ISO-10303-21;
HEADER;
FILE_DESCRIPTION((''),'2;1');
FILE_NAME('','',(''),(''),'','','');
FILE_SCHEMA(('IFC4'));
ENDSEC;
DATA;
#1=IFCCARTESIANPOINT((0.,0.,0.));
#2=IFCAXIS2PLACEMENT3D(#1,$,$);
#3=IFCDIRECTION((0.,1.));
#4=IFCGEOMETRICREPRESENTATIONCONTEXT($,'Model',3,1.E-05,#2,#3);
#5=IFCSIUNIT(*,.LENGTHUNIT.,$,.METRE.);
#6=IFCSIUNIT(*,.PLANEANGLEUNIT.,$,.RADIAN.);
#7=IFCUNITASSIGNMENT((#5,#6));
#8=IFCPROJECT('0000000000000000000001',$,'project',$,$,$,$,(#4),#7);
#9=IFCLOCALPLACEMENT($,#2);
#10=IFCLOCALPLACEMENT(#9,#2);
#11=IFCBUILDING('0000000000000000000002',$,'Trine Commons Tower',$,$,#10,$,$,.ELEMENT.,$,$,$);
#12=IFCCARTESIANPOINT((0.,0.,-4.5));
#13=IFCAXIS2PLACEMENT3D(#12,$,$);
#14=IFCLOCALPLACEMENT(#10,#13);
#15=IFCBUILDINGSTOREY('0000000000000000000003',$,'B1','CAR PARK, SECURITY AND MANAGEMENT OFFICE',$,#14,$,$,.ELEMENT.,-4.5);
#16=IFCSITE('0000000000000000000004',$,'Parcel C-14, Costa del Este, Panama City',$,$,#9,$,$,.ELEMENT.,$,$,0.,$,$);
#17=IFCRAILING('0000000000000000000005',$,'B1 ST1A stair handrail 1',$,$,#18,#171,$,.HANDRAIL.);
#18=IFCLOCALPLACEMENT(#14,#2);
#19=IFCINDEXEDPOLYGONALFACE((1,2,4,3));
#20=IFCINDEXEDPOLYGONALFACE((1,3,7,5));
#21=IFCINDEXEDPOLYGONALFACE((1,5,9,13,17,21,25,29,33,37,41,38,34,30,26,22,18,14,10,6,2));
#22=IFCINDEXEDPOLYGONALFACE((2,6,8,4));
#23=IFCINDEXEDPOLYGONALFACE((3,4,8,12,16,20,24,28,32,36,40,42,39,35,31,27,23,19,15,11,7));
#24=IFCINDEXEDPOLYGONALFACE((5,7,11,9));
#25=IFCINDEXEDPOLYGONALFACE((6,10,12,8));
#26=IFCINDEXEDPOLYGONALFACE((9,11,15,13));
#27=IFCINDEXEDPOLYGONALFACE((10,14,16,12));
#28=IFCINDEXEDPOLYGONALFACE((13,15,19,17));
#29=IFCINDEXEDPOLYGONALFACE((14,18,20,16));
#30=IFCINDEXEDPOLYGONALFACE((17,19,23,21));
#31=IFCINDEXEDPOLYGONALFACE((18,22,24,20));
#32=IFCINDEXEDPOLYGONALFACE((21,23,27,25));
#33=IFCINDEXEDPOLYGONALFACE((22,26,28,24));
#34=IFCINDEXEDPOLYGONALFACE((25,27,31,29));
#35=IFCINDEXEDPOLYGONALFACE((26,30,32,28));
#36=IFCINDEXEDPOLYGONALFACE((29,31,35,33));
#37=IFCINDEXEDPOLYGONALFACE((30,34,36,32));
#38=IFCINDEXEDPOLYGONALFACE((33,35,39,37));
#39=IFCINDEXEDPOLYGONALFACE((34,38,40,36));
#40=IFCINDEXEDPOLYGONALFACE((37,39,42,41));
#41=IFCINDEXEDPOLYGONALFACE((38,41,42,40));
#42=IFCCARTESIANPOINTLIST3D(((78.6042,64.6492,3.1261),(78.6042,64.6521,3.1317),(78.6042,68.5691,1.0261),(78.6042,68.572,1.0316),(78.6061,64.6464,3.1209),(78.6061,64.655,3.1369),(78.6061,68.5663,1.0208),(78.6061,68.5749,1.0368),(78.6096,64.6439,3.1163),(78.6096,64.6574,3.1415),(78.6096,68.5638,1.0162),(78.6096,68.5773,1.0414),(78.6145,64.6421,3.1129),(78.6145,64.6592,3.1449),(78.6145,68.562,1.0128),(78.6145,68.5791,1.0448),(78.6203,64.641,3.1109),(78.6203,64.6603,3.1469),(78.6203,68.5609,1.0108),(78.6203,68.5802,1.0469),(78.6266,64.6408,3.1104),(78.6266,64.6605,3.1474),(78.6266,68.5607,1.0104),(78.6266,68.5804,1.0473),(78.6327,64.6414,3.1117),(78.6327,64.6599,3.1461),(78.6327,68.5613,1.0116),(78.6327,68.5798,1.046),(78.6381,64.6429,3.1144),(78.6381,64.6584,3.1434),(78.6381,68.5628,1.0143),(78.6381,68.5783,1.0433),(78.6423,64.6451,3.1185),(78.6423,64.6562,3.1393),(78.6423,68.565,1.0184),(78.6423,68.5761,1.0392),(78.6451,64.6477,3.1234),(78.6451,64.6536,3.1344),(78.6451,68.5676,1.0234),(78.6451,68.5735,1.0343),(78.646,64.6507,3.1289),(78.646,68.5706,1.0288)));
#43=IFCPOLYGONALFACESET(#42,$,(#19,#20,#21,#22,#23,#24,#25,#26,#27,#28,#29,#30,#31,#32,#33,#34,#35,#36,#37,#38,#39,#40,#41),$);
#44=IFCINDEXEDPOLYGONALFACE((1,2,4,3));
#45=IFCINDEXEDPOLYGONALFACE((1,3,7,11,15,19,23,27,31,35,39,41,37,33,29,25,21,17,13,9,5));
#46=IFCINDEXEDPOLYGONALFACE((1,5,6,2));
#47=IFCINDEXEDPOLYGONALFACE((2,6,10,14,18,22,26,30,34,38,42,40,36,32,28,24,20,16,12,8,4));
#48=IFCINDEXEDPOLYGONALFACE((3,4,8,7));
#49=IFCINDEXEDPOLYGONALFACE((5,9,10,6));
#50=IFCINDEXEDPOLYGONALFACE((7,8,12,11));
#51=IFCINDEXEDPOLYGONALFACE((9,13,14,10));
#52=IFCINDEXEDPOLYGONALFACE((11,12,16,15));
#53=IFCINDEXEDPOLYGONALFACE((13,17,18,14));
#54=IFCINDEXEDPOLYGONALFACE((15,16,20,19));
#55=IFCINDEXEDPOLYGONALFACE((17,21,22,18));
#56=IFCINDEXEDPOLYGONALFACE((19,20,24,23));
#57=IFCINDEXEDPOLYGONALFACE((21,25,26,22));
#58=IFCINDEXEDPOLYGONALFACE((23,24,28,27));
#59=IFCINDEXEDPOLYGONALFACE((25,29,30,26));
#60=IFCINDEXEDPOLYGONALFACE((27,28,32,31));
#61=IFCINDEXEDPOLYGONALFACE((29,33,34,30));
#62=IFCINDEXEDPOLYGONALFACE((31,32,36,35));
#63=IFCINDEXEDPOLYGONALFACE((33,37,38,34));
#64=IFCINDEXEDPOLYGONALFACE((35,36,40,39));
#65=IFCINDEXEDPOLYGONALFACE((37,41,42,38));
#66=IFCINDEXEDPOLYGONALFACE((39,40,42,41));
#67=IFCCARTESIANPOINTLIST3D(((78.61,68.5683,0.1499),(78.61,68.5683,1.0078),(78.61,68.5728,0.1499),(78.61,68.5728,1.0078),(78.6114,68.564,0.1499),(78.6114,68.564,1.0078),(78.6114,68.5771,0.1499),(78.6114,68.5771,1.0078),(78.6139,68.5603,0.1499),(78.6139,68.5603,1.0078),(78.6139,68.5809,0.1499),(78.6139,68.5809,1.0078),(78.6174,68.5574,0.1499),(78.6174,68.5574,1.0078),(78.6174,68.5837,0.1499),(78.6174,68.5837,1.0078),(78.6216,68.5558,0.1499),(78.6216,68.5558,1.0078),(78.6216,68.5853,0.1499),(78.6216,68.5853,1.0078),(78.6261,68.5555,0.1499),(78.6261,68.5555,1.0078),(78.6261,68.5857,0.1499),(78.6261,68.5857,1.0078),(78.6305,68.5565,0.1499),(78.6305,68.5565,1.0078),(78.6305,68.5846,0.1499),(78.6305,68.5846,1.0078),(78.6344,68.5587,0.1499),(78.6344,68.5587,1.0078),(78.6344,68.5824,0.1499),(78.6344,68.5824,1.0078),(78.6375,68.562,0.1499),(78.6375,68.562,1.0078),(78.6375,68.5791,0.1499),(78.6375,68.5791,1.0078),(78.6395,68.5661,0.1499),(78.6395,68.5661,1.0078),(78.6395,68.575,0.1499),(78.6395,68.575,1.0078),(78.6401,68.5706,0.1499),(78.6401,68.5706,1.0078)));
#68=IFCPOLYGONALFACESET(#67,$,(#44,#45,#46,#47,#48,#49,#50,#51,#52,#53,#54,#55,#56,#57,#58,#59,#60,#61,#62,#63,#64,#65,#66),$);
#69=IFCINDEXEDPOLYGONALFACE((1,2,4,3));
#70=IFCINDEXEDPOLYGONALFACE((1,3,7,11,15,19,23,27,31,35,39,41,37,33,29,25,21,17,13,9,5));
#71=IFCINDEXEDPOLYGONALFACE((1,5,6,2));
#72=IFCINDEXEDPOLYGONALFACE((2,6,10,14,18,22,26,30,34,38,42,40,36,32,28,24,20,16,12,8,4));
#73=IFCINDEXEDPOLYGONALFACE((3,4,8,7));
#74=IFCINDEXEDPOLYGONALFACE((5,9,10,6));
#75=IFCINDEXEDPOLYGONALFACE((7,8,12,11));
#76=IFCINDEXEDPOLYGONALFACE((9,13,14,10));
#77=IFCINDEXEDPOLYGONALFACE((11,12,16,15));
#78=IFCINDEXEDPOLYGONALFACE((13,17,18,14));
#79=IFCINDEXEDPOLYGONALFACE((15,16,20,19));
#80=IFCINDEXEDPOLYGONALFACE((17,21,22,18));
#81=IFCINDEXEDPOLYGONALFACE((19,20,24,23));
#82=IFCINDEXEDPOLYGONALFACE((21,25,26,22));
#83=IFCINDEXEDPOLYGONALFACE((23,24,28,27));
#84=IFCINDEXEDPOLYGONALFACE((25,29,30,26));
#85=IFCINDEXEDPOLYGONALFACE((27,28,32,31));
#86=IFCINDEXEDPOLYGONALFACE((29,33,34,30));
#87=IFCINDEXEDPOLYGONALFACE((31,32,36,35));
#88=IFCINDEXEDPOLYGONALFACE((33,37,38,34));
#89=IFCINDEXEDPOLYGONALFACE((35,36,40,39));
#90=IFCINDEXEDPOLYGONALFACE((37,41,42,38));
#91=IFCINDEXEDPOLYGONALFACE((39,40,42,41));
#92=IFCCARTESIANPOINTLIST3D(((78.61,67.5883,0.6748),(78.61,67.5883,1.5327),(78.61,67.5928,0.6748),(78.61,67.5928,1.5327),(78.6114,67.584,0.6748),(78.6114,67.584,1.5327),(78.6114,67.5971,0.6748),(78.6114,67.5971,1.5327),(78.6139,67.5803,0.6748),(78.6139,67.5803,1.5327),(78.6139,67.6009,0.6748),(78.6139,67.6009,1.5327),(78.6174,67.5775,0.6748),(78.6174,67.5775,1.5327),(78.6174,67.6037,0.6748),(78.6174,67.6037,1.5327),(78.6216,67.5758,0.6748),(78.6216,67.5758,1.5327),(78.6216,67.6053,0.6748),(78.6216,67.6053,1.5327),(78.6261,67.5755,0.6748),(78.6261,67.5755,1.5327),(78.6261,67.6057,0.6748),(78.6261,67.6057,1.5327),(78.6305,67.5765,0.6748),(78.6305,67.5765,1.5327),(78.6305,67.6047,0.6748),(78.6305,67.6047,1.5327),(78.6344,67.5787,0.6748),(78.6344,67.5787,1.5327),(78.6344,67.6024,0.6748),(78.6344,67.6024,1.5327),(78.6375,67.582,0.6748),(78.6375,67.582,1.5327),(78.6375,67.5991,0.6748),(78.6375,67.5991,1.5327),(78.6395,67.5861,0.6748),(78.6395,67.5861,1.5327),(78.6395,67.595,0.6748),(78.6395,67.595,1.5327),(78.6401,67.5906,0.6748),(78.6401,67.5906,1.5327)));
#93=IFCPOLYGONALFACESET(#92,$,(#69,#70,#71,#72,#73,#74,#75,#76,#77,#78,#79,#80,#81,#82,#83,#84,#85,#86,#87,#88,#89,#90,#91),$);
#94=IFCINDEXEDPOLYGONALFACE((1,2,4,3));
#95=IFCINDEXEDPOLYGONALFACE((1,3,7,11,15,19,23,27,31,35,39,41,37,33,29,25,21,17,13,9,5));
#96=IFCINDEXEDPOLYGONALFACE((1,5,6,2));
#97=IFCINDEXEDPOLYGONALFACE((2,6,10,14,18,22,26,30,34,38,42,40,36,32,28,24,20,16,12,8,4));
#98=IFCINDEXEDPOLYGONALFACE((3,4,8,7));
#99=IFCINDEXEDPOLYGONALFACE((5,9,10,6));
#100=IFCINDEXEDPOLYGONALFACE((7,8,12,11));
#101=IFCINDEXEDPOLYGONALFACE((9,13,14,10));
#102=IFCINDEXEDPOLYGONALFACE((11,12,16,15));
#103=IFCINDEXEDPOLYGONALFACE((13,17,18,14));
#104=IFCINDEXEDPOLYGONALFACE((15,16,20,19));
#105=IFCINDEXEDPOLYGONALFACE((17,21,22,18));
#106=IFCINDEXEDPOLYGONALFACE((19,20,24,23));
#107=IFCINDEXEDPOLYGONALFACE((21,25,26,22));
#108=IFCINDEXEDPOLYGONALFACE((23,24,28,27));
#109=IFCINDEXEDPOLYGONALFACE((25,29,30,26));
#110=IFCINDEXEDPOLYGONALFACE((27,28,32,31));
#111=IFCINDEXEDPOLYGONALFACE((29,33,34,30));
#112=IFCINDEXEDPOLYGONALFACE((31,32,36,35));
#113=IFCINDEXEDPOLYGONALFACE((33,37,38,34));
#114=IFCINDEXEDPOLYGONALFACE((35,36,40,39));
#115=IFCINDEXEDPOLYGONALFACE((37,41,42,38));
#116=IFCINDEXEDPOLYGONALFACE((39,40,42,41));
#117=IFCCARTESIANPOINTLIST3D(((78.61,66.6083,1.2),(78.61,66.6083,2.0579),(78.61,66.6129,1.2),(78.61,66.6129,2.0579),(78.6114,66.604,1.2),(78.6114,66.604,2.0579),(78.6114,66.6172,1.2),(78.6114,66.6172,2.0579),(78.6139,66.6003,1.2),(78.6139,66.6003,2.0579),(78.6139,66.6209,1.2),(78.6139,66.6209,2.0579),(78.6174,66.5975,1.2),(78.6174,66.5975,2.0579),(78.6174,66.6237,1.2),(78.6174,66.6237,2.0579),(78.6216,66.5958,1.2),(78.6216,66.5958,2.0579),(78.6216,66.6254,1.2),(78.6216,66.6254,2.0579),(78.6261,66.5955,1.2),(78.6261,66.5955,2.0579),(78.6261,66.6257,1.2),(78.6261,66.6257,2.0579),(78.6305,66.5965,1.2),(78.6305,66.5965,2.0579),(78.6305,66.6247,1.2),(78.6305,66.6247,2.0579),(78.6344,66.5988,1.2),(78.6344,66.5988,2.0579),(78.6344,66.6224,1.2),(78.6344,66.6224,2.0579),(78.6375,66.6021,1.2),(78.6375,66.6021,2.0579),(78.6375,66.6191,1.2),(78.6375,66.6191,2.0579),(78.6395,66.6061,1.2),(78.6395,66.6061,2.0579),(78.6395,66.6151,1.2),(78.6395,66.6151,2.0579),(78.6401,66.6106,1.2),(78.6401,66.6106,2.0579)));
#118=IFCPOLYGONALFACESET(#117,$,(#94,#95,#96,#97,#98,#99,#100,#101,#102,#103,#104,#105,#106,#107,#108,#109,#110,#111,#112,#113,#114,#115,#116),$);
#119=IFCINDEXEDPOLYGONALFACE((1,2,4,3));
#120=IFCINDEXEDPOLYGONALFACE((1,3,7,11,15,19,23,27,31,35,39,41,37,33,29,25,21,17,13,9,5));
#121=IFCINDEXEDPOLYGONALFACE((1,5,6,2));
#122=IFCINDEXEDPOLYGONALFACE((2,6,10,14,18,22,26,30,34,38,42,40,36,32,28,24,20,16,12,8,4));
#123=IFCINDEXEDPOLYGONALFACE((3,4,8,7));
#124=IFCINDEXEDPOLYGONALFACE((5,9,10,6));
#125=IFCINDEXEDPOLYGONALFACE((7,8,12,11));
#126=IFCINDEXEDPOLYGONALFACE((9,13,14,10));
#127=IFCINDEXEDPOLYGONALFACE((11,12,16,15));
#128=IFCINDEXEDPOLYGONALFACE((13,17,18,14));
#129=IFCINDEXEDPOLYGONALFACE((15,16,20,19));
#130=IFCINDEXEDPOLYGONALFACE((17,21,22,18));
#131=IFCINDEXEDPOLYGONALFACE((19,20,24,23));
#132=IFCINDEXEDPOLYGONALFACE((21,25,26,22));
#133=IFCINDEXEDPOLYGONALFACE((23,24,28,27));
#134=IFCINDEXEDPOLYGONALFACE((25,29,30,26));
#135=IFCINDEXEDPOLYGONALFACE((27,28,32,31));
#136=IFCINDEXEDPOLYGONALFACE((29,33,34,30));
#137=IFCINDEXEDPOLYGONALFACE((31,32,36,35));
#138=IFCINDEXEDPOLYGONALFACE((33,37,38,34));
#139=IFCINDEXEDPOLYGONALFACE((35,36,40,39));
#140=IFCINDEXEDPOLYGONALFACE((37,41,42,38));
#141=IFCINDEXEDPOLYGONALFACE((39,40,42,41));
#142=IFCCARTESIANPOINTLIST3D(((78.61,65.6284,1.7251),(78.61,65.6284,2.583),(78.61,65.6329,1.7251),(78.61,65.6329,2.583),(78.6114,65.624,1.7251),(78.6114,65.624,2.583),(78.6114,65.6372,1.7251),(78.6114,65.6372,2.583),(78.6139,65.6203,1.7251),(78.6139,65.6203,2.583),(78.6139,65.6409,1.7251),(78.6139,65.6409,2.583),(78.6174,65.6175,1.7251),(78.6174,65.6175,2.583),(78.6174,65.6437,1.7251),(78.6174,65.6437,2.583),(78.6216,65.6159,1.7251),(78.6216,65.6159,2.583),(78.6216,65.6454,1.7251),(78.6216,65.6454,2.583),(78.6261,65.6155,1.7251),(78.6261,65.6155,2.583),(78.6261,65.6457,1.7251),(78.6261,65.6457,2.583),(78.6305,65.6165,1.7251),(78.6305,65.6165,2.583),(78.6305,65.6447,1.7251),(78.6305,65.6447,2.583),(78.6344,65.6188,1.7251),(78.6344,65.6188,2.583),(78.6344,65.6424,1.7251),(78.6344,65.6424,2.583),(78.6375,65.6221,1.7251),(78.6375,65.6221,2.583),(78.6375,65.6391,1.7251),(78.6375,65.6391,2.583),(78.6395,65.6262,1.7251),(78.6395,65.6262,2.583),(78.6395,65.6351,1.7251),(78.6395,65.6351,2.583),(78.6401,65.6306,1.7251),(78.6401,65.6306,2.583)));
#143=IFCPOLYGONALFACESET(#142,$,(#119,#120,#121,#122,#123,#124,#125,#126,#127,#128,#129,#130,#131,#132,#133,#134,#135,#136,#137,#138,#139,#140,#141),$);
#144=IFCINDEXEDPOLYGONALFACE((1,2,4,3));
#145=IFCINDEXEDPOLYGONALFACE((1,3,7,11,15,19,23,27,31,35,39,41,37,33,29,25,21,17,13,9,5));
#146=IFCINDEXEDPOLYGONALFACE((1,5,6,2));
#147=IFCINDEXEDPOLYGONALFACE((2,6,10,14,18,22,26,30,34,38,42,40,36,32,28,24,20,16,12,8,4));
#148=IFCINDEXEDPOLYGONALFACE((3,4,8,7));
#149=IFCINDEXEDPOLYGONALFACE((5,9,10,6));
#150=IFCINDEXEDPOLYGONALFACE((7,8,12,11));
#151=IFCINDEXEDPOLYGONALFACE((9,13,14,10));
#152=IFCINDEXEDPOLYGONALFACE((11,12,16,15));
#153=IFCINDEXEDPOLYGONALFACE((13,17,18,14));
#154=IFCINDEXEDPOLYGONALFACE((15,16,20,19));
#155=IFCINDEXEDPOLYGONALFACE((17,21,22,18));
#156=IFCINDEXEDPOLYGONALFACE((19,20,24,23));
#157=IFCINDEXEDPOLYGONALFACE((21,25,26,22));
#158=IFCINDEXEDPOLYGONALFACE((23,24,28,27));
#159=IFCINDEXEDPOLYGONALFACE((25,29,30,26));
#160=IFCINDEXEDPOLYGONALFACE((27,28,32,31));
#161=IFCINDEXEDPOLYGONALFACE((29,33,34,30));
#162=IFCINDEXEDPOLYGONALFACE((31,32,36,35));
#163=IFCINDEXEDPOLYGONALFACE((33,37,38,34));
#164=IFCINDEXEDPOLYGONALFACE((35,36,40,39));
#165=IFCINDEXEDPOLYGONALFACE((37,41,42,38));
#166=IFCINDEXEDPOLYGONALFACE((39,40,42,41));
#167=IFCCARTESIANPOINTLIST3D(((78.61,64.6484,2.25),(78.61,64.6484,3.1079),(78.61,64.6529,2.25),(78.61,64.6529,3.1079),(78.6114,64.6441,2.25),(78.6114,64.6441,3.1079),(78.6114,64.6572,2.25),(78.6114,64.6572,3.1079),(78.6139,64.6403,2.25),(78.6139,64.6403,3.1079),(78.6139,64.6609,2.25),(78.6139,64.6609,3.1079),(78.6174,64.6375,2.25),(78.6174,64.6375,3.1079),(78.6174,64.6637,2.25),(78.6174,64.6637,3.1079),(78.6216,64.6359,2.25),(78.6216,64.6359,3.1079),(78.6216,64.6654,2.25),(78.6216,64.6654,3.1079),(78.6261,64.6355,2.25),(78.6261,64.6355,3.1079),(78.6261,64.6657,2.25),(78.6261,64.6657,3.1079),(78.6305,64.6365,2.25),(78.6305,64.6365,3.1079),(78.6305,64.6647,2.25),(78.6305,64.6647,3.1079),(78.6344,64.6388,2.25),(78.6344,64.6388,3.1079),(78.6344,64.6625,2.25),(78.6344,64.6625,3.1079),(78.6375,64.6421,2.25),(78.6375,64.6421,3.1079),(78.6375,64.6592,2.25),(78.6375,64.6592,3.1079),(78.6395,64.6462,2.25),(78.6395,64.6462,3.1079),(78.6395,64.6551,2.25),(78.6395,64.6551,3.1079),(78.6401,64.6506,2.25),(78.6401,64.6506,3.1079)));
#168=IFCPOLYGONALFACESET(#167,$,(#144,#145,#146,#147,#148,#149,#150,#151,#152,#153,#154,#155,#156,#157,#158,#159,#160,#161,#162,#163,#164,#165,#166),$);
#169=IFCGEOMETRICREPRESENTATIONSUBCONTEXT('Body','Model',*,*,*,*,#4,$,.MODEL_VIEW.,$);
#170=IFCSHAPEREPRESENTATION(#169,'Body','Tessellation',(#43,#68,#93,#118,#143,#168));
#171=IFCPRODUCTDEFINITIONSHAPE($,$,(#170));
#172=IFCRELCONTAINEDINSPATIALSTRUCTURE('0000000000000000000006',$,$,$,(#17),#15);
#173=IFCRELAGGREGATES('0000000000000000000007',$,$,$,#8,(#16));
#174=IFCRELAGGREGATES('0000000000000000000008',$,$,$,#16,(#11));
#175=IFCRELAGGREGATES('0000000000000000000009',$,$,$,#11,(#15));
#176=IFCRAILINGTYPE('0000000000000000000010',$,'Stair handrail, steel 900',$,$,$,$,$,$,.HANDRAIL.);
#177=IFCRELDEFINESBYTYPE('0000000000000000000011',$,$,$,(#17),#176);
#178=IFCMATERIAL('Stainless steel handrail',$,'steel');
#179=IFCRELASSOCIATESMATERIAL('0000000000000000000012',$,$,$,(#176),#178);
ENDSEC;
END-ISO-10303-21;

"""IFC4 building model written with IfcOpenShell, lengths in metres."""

from ifc_helpers import new_model, si_unit, direction, frame, origin, origin_2d, place, context, subcontext, project, spatial, circle, extrude, material, type_object, element, save


model = new_model("IFC4")

# Units and contexts
model_context = context("Model", 3, precision=1e-05, world=origin(), true_north=direction((0.0, 1.0)))
body_context = subcontext(model_context, "Body", "Model", "MODEL_VIEW")
ifc_project = project(units=[si_unit("LENGTHUNIT", "METRE"), si_unit("PLANEANGLEUNIT", "RADIAN")], contexts=[model_context])

# Site, building, storey
site_placement = place(None, origin())
site = spatial("IfcSite", under=ifc_project, at=site_placement, Name="Parcel C-14, Costa del Este, Panama City", CompositionType="ELEMENT", RefElevation=0.0)
building_placement = place(site_placement, origin())
building = spatial("IfcBuilding", under=site, at=building_placement, Name="Trine Commons Tower", CompositionType="ELEMENT")
storey_placement = place(building_placement, frame((0.0, 0.0, -4.5)))
storey = spatial("IfcBuildingStorey", under=building, at=storey_placement, Name="B1", Description="CAR PARK, SECURITY AND MANAGEMENT OFFICE", CompositionType="ELEMENT", Elevation=-4.5)

# Railing
ifc_material_1 = material(Name="Stainless steel handrail", Category="steel")
railing_type_1 = type_object("IfcRailingType", Name="Stair handrail, steel 900", PredefinedType="HANDRAIL", material=ifc_material_1)
railing_1_placement = place(storey_placement, frame((78.625, 68.5706, 0.1499)))
element("IfcRailing", 1, at=railing_1_placement, inside=storey, type_object=railing_type_1, Name="B1 ST1A stair handrail 1", PredefinedType="HANDRAIL", context=body_context, shape_type="SweptSolid", body=[
    extrude(circle(Radius=0.021, at=origin_2d()), frame((0.0, 0.0, 0.8789), z_axis=(0.0, -0.881467, 0.472246), x_axis=(1.0, 0.0, 0.0)), (0.0, 0.0, 1.0), 4.447),
    extrude(circle(Radius=0.0151, at=origin_2d()), origin(), (0.0, 0.0, 1.0), 0.8579),
    extrude(circle(Radius=0.0151, at=origin_2d()), frame((0.0, -0.98, 0.5249)), (0.0, 0.0, 1.0), 0.8579),
    extrude(circle(Radius=0.0151, at=origin_2d()), frame((0.0, -1.96, 1.05)), (0.0, 0.0, 1.0), 0.8579),
    extrude(circle(Radius=0.0151, at=origin_2d()), frame((0.0, -2.9399, 1.5752)), (0.0, 0.0, 1.0), 0.8579),
    extrude(circle(Radius=0.0151, at=origin_2d()), frame((0.0, -3.9199, 2.1001)), (0.0, 0.0, 1.0), 0.8579),
])

save(model, "model.ifc")
